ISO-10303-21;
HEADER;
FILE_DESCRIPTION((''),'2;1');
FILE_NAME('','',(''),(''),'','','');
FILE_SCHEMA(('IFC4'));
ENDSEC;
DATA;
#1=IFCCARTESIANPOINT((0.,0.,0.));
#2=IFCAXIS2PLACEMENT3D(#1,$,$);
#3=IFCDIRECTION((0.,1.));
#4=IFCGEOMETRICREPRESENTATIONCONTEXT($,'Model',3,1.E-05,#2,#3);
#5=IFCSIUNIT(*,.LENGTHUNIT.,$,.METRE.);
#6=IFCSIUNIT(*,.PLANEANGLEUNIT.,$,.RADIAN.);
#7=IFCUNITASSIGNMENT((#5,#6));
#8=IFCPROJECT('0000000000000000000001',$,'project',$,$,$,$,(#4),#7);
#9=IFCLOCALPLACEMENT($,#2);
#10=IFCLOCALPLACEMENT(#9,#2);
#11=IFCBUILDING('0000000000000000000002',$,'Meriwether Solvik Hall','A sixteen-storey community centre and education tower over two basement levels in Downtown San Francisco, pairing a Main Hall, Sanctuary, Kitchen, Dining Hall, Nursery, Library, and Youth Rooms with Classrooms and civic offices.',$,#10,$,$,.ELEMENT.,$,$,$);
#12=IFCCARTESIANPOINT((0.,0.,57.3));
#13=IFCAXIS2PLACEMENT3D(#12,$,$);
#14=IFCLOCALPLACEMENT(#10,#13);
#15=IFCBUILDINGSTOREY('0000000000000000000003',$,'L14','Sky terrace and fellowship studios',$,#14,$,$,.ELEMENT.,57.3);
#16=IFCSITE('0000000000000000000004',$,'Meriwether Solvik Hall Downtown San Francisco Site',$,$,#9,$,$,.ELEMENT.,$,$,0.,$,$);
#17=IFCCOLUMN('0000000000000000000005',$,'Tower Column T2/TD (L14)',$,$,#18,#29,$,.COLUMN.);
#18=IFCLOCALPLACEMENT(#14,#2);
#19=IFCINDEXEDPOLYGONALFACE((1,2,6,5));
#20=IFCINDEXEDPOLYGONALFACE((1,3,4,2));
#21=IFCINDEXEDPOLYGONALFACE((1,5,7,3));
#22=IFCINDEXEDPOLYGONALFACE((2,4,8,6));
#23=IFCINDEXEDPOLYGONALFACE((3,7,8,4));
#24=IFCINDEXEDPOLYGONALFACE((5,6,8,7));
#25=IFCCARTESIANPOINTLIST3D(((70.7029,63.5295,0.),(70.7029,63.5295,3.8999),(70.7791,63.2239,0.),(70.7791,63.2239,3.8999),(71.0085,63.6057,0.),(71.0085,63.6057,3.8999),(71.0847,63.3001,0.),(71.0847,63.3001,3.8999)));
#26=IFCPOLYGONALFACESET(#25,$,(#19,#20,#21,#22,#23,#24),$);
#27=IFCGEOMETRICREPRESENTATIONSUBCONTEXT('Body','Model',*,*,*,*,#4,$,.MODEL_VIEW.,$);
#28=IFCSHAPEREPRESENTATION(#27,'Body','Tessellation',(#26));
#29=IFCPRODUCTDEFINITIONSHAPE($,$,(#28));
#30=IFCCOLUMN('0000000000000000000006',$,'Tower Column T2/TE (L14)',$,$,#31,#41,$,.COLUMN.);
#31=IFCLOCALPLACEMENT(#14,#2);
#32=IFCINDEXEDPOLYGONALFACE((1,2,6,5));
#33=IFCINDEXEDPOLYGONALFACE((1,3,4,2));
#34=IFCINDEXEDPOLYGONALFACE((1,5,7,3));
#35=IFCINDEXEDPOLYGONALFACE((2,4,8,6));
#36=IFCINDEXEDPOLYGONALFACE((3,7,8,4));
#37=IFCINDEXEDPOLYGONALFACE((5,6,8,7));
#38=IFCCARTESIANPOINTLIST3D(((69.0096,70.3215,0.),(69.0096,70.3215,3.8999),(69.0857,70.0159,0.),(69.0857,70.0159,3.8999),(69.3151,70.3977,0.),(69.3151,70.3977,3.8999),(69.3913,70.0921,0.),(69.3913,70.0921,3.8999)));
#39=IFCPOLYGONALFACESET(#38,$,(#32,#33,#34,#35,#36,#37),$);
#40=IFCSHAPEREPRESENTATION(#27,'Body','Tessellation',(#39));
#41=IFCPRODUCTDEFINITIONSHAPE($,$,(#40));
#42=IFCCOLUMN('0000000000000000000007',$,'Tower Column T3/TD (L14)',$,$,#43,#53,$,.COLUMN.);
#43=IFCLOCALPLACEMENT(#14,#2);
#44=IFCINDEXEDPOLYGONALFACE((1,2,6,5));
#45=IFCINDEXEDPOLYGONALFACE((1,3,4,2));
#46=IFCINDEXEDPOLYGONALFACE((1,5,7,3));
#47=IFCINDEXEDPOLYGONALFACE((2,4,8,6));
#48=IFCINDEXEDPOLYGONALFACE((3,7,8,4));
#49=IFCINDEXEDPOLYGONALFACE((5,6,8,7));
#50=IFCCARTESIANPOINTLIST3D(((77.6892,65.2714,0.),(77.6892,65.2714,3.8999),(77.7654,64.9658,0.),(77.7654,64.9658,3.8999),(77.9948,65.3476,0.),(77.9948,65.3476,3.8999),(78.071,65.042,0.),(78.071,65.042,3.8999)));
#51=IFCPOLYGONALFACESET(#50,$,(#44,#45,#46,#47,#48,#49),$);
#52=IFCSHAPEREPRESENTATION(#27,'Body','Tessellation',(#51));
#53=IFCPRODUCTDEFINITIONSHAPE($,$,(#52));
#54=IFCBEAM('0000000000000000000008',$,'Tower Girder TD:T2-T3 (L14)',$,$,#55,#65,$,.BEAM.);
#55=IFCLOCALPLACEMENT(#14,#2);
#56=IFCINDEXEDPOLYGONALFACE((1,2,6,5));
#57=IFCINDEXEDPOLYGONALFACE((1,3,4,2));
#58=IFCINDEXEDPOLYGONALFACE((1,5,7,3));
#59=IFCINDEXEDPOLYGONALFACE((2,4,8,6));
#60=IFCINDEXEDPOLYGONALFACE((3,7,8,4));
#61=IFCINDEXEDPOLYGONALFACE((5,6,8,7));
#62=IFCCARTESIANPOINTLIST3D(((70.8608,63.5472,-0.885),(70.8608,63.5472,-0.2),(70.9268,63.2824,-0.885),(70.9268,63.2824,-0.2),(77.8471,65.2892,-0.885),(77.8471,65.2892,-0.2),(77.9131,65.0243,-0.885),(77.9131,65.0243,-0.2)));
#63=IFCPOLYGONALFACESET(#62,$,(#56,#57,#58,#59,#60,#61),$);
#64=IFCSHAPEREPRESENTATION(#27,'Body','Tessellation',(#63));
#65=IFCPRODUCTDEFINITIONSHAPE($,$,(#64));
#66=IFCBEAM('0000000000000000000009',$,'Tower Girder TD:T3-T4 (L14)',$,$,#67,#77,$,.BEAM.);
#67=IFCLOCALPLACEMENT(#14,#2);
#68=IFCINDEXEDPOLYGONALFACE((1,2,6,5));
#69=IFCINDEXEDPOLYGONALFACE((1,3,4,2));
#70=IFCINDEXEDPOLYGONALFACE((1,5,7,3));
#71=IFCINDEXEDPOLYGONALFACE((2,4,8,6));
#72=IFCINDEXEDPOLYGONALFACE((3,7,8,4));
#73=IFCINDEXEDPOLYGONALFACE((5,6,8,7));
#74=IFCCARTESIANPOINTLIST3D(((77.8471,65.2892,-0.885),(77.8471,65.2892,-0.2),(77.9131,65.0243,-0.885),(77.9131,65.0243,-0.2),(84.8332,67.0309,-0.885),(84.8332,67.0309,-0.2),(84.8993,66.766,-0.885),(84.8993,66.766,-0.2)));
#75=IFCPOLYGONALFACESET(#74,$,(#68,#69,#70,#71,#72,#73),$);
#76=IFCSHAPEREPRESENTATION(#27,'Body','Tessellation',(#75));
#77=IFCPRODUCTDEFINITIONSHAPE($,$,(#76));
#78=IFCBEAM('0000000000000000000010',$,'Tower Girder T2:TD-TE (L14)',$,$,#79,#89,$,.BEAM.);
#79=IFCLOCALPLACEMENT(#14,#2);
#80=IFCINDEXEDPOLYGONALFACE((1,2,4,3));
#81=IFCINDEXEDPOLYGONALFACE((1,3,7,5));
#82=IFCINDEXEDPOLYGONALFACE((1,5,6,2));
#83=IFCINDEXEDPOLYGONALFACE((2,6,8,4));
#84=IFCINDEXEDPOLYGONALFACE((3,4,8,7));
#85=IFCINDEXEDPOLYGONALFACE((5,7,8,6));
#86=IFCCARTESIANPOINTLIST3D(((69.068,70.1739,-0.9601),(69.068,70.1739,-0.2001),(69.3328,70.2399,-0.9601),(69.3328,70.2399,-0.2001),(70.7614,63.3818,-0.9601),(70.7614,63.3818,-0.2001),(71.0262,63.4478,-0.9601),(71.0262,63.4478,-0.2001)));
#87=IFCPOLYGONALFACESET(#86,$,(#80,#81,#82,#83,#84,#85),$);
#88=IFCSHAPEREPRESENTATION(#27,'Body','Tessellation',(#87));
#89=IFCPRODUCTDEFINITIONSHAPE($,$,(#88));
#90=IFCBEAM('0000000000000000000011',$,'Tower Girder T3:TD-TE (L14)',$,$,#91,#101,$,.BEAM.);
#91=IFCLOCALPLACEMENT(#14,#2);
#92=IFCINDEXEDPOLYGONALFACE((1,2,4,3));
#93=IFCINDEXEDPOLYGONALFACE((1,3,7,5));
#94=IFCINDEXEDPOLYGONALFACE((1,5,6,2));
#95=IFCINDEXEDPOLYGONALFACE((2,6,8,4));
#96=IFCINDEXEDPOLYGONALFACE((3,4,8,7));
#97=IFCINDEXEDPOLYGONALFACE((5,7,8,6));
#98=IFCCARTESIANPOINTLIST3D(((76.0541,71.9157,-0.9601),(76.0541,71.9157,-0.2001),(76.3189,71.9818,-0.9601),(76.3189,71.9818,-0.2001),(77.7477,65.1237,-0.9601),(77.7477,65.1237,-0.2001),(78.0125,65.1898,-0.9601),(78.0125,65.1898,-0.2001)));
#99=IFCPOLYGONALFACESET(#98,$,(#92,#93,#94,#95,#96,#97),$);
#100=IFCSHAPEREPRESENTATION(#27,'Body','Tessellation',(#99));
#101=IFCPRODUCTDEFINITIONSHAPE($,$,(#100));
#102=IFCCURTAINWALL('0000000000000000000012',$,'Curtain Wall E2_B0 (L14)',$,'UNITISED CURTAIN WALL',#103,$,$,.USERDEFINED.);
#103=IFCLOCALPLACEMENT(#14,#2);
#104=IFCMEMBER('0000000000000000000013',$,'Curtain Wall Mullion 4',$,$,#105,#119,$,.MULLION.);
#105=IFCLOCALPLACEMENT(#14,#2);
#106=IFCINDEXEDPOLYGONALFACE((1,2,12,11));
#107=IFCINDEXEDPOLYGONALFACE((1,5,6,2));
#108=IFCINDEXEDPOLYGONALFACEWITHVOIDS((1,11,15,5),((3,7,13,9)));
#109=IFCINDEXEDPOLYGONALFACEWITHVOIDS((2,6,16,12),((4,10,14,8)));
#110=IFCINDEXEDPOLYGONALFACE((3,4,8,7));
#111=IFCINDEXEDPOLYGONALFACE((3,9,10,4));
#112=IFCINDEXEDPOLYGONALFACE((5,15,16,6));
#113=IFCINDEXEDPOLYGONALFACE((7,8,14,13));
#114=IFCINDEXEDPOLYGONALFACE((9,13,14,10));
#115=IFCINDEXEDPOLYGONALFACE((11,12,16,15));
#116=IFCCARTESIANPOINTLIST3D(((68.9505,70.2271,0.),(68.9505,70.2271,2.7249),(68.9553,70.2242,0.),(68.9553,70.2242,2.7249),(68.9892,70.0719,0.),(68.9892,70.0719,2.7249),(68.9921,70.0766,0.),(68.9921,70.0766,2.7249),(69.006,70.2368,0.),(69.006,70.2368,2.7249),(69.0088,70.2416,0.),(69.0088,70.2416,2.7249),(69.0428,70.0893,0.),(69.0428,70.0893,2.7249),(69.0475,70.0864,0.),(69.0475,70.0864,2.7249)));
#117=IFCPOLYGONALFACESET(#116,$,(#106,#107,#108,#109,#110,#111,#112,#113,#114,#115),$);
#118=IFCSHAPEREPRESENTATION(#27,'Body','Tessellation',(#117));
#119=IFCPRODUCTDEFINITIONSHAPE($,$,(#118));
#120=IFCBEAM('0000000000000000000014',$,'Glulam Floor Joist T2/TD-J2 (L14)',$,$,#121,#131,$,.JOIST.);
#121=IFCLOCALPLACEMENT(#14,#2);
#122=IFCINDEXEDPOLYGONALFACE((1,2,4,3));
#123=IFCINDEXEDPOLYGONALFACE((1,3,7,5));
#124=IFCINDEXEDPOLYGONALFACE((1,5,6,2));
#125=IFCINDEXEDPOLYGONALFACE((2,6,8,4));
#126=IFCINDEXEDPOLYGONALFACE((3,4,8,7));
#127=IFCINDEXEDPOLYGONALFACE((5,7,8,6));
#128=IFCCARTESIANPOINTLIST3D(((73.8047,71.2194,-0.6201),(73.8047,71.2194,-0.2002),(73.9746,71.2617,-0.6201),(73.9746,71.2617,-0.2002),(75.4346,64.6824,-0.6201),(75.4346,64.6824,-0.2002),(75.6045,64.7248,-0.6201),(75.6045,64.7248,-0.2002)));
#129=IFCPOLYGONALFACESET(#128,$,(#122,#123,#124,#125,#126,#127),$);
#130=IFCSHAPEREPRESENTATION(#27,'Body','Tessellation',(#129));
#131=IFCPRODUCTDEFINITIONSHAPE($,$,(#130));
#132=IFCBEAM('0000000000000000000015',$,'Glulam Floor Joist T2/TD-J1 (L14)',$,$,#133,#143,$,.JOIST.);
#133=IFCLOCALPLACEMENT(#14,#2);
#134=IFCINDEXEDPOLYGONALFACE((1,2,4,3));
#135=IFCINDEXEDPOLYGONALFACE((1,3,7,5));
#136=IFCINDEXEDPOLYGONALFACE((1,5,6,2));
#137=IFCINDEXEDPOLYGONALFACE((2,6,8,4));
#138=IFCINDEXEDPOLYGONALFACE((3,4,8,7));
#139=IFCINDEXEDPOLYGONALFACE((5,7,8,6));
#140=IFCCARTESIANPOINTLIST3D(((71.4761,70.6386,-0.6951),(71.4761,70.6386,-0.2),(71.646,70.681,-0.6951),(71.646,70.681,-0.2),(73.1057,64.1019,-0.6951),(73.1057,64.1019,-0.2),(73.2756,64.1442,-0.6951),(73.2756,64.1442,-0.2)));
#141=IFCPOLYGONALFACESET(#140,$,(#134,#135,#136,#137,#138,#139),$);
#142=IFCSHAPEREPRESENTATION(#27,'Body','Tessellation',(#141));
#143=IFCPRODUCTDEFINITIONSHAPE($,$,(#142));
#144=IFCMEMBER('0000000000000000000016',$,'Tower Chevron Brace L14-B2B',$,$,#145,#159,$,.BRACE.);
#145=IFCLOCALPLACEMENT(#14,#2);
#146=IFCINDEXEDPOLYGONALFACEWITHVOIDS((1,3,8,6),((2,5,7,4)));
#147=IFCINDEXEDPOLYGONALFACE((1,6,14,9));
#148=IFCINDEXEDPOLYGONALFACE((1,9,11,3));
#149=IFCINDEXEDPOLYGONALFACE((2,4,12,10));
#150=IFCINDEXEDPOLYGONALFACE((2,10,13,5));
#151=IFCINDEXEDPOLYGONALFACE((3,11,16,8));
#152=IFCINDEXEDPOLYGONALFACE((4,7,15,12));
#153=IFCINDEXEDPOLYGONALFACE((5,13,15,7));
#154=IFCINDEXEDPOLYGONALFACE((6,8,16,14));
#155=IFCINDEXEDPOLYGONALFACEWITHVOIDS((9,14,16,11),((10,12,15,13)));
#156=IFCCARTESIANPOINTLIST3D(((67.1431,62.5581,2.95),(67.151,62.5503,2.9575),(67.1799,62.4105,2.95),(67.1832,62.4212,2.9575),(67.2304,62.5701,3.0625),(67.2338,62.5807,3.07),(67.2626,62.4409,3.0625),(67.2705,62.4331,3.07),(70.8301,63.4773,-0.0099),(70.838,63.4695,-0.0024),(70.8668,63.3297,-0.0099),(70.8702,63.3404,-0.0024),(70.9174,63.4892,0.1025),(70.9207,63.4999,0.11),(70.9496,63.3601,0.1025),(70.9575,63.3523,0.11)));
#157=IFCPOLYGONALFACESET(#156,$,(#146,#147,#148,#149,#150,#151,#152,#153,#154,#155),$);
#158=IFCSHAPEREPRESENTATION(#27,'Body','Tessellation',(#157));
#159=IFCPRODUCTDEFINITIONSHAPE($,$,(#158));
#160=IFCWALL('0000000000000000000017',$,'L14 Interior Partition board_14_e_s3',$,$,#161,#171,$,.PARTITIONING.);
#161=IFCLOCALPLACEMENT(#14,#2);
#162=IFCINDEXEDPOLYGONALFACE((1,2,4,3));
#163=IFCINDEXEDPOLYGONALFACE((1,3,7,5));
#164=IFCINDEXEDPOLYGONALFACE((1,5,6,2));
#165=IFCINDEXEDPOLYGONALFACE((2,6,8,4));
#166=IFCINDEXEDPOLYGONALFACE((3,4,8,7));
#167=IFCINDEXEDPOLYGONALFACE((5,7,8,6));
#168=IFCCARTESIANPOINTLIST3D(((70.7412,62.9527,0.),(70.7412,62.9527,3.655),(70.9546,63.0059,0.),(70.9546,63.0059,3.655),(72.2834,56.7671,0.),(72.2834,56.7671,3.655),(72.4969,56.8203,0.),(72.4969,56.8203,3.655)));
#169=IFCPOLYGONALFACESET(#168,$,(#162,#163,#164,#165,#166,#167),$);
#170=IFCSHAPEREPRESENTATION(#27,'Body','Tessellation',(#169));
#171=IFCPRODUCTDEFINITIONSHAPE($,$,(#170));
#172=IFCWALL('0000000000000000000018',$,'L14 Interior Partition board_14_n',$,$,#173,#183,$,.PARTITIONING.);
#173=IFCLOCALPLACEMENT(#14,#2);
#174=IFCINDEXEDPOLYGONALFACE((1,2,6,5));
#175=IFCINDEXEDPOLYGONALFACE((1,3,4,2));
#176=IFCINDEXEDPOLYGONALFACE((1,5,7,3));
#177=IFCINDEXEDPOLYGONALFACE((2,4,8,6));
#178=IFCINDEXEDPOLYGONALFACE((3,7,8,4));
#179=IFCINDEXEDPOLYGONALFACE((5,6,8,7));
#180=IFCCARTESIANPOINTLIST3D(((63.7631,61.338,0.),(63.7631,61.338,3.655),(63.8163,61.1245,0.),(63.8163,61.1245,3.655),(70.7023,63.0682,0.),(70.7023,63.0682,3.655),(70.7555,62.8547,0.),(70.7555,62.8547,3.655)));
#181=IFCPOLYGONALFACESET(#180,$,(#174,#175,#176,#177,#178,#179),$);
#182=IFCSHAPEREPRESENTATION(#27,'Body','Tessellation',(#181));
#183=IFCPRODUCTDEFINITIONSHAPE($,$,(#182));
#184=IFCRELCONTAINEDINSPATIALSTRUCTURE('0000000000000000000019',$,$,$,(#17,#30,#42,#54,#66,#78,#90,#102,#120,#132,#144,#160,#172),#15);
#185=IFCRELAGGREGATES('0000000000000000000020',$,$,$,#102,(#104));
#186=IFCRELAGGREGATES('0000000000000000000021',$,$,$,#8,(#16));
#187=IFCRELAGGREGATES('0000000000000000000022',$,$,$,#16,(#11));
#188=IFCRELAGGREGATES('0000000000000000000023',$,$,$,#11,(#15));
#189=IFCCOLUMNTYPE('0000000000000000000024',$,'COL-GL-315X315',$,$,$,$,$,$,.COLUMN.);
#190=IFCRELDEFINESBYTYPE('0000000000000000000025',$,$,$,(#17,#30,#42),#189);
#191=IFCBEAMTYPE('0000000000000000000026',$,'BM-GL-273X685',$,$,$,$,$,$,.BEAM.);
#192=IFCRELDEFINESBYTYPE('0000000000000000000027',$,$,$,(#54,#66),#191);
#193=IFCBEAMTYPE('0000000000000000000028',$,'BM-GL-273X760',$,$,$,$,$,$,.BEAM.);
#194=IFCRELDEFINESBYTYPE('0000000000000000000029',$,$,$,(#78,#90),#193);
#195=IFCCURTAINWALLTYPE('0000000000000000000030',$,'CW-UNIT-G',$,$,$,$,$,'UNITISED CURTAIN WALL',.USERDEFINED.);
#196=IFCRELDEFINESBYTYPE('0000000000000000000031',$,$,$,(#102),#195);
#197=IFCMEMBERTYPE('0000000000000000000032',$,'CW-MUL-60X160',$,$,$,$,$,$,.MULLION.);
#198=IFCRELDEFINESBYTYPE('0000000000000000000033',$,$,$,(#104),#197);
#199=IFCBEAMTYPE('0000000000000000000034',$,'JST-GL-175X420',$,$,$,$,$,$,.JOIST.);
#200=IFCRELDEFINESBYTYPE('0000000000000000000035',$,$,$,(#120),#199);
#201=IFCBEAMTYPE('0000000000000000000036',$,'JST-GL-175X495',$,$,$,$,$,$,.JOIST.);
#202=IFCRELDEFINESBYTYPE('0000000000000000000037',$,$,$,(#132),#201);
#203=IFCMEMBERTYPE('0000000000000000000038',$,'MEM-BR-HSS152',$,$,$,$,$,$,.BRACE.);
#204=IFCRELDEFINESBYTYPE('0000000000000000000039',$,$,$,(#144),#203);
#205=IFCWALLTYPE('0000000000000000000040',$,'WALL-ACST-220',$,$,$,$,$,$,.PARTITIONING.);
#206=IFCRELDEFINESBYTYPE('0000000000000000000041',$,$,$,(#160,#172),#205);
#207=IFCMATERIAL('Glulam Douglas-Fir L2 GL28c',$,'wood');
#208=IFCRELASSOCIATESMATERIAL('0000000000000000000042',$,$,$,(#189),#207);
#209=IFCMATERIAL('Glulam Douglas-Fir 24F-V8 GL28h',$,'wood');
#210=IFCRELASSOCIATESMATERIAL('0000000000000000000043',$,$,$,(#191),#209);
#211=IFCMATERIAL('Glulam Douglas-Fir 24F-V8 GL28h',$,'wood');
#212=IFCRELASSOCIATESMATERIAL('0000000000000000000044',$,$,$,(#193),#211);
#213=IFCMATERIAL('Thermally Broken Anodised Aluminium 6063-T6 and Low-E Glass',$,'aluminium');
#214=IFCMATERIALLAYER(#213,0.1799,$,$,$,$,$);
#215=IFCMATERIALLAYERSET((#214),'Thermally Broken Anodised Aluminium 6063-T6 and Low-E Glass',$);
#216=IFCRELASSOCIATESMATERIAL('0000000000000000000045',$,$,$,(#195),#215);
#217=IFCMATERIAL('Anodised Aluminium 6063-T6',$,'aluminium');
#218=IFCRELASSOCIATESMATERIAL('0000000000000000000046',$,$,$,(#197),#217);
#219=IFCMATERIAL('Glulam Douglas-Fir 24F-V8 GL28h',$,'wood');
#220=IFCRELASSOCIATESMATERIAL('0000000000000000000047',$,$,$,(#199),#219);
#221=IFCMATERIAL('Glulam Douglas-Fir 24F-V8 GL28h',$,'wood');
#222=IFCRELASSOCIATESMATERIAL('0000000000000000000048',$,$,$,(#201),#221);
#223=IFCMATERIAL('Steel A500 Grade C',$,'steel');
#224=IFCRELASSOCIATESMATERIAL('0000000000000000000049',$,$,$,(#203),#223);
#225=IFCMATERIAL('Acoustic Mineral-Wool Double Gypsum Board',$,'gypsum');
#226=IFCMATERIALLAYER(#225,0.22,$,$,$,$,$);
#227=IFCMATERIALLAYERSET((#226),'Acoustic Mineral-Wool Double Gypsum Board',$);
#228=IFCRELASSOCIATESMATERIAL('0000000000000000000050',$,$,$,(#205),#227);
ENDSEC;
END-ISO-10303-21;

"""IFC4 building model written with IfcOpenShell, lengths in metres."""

from ifc_helpers import new_model, si_unit, direction, frame, frame_2d, origin, origin_2d, place, context, subcontext, project, spatial, rectangle, hollow_rectangle, extrude, material, layer, layer_set, material_profile, profile_set, type_object, element, aggregate, save


model = new_model("IFC4")

# Units and contexts
model_context = context("Model", 3, precision=1e-05, world=origin(), true_north=direction((0.0, 1.0)))
body_context = subcontext(model_context, "Body", "Model", "MODEL_VIEW")
ifc_project = project(units=[si_unit("LENGTHUNIT", "METRE"), si_unit("PLANEANGLEUNIT", "RADIAN")], contexts=[model_context])

# Site, building, storey
site_placement = place(None, origin())
site = spatial("IfcSite", under=ifc_project, at=site_placement, Name="Meriwether Solvik Hall Downtown San Francisco Site", CompositionType="ELEMENT", RefElevation=0.0)
building_placement = place(site_placement, origin())
building = spatial("IfcBuilding", under=site, at=building_placement, Name="Meriwether Solvik Hall", Description="A sixteen-storey community centre and education tower over two basement levels in Downtown San Francisco, pairing a Main Hall, Sanctuary, Kitchen, Dining Hall, Nursery, Library, and Youth Rooms with Classrooms and civic offices.", CompositionType="ELEMENT")
storey_placement = place(building_placement, frame((0.0, 0.0, 57.3)))
storey = spatial("IfcBuildingStorey", under=building, at=storey_placement, Name="L14", Description="Sky terrace and fellowship studios", CompositionType="ELEMENT", Elevation=57.3)

# Columns
ifc_material_1 = material(Name="Glulam Douglas-Fir L2 GL28c", Category="wood")
ifc_material_profile_1 = material_profile(ifc_material_1, rectangle(XDim=0.3149, YDim=0.3149, at=origin_2d()), Name="GLC-315X315")
ifc_profile_set_1 = profile_set([ifc_material_profile_1], Name="Glulam Douglas-Fir L2 GL28c")
column_type = type_object("IfcColumnType", Name="COL-GL-315X315", PredefinedType="COLUMN", material=ifc_profile_set_1)
for number, where, z_axis, x_axis, name in (
    (1, (70.8938, 63.4148, 0.0), (0.0, 0.0, 1.0), (0.970296, 0.241922, 0.0), "Tower Column T2/TD (L14)"),
    (2, (69.2004, 70.2068, 0.0), (0.0, 0.0, 1.0), (0.970296, 0.241922, 0.0), "Tower Column T2/TE (L14)"),
    (3, (77.8801, 65.1567, 0.0), (0.0, 0.0, 1.0), (0.970296, 0.241922, 0.0), "Tower Column T3/TD (L14)"),
):
    element("IfcColumn", number, at=place(storey_placement, frame(where, z_axis=z_axis, x_axis=x_axis)), inside=storey, type_object=column_type, Name=name, PredefinedType="COLUMN", context=body_context, shape_type="SweptSolid", body=[
        extrude(rectangle(XDim=0.3149, YDim=0.3149, at=origin_2d()), origin(), (0.0, 0.0, 1.0), 3.8999),
    ])

# Beams
ifc_material_2 = material(Name="Glulam Douglas-Fir 24F-V8 GL28h", Category="wood")
ifc_material_profile_2 = material_profile(ifc_material_2, rectangle(XDim=0.2729, YDim=0.6851, at=origin_2d()), Name="GLB-273X685")
ifc_profile_set_2 = profile_set([ifc_material_profile_2], Name="Glulam Douglas-Fir 24F-V8 GL28h")
beam_type_1 = type_object("IfcBeamType", Name="BM-GL-273X685", PredefinedType="BEAM", material=ifc_profile_set_2)
beam_1_placement = place(storey_placement, frame((70.8938, 63.4148, -0.5425), z_axis=(0.970294, 0.241929, 0.0), x_axis=(-0.241929, 0.970294, 0.0)))
element("IfcBeam", 4, at=beam_1_placement, inside=storey, type_object=beam_type_1, Name="Tower Girder TD:T2-T3 (L14)", PredefinedType="BEAM", context=body_context, shape_type="SweptSolid", body=[
    extrude(rectangle(XDim=0.2729, YDim=0.6851, at=origin_2d()), origin(), (0.0, 0.0, 1.0), 7.2002),
])
beam_2_placement = place(storey_placement, frame((77.8801, 65.1567, -0.5425), z_axis=(0.9703, 0.241905, 0.0), x_axis=(-0.241905, 0.9703, 0.0)))
element("IfcBeam", 5, at=beam_2_placement, inside=storey, type_object=beam_type_1, Name="Tower Girder TD:T3-T4 (L14)", PredefinedType="BEAM", context=body_context, shape_type="SweptSolid", body=[
    extrude(rectangle(XDim=0.2729, YDim=0.6851, at=origin_2d()), origin(), (0.0, 0.0, 1.0), 7.2),
])
ifc_material_3 = material(Name="Glulam Douglas-Fir 24F-V8 GL28h", Category="wood")
ifc_material_profile_3 = material_profile(ifc_material_3, rectangle(XDim=0.2729, YDim=0.76, at=origin_2d()), Name="GLB-273X760")
ifc_profile_set_3 = profile_set([ifc_material_profile_3], Name="Glulam Douglas-Fir 24F-V8 GL28h")
beam_type_2 = type_object("IfcBeamType", Name="BM-GL-273X760", PredefinedType="BEAM", material=ifc_profile_set_3)
for number, where, z_axis, x_axis, name in (
    (6, (70.8938, 63.4148, -0.5801), (-0.241912, 0.970298, 0.0), (-0.970298, -0.241912, 0.0), "Tower Girder T2:TD-TE (L14)"),
    (7, (77.8801, 65.1567, -0.5801), (-0.241945, 0.97029, 0.0), (-0.97029, -0.241945, 0.0), "Tower Girder T3:TD-TE (L14)"),
):
    element("IfcBeam", number, at=place(storey_placement, frame(where, z_axis=z_axis, x_axis=x_axis)), inside=storey, type_object=beam_type_2, Name=name, PredefinedType="BEAM", context=body_context, shape_type="SweptSolid", body=[
        extrude(rectangle(XDim=0.2729, YDim=0.76, at=origin_2d()), origin(), (0.0, 0.0, 1.0), 7.0),
    ])

# Curtain wall, member
ifc_material_4 = material(Name="Thermally Broken Anodised Aluminium 6063-T6 and Low-E Glass", Category="aluminium")
ifc_layer_1 = layer(ifc_material_4, 0.1799)
ifc_layer_set_1 = layer_set([ifc_layer_1], Name="Thermally Broken Anodised Aluminium 6063-T6 and Low-E Glass")
curtain_wall_type = type_object("IfcCurtainWallType", Name="CW-UNIT-G", ElementType="UNITISED CURTAIN WALL", PredefinedType="USERDEFINED", material=ifc_layer_set_1)
curtain_wall_placement = place(storey_placement, origin())
curtain_wall = element("IfcCurtainWall", 8, at=curtain_wall_placement, inside=storey, type_object=curtain_wall_type, Name="Curtain Wall E2_B0 (L14)", ObjectType="UNITISED CURTAIN WALL", PredefinedType="USERDEFINED")
ifc_material_5 = material(Name="Anodised Aluminium 6063-T6", Category="aluminium")
ifc_material_profile_4 = material_profile(ifc_material_5, hollow_rectangle(XDim=0.0601, YDim=0.1599, WallThickness=0.0039, at=origin_2d()), Name="CWM-60X160")
ifc_profile_set_4 = profile_set([ifc_material_profile_4], Name="Anodised Aluminium 6063-T6")
member_type_1 = type_object("IfcMemberType", Name="CW-MUL-60X160", PredefinedType="MULLION", material=ifc_profile_set_4)
member_1_placement = place(storey_placement, frame((68.999, 70.1567, 0.0), z_axis=(0.0, 0.0, 1.0), x_axis=(0.970296, 0.241922, 0.0)))
member_1 = element("IfcMember", 9, at=member_1_placement, type_object=member_type_1, Name="Curtain Wall Mullion 4", PredefinedType="MULLION", context=body_context, shape_type="SweptSolid", body=[
    extrude(hollow_rectangle(XDim=0.0601, YDim=0.1599, WallThickness=0.0039, at=origin_2d()), origin(), (0.0, 0.0, 1.0), 2.7249),
])
aggregate(curtain_wall, [member_1])

# Beams
ifc_material_6 = material(Name="Glulam Douglas-Fir 24F-V8 GL28h", Category="wood")
ifc_material_profile_5 = material_profile(ifc_material_6, rectangle(XDim=0.175, YDim=0.4199, at=origin_2d()), Name="GLJ-175X420")
ifc_profile_set_5 = profile_set([ifc_material_profile_5], Name="Glulam Douglas-Fir 24F-V8 GL28h")
beam_type_3 = type_object("IfcBeamType", Name="JST-GL-175X420", PredefinedType="JOIST", material=ifc_profile_set_5)
beam_3_placement = place(storey_placement, frame((75.5195, 64.7036, -0.4102), z_axis=(-0.24193, 0.970294, 0.0), x_axis=(-0.970294, -0.24193, 0.0)))
element("IfcBeam", 10, at=beam_3_placement, inside=storey, type_object=beam_type_3, Name="Glulam Floor Joist T2/TD-J2 (L14)", PredefinedType="JOIST", context=body_context, shape_type="SweptSolid", body=[
    extrude(rectangle(XDim=0.175, YDim=0.4199, at=origin_2d()), origin(), (0.0, 0.0, 1.0), 6.7371),
])
ifc_material_7 = material(Name="Glulam Douglas-Fir 24F-V8 GL28h", Category="wood")
ifc_material_profile_6 = material_profile(ifc_material_7, rectangle(XDim=0.175, YDim=0.4951, at=origin_2d()), Name="GLJ-175X495")
ifc_profile_set_6 = profile_set([ifc_material_profile_6], Name="Glulam Douglas-Fir 24F-V8 GL28h")
beam_type_4 = type_object("IfcBeamType", Name="JST-GL-175X495", PredefinedType="JOIST", material=ifc_profile_set_6)
beam_4_placement = place(storey_placement, frame((73.1907, 64.123, -0.4475), z_axis=(-0.241896, 0.970302, 0.0), x_axis=(-0.970302, -0.241896, 0.0)))
element("IfcBeam", 11, at=beam_4_placement, inside=storey, type_object=beam_type_4, Name="Glulam Floor Joist T2/TD-J1 (L14)", PredefinedType="JOIST", context=body_context, shape_type="SweptSolid", body=[
    extrude(rectangle(XDim=0.175, YDim=0.4951, at=origin_2d()), origin(), (0.0, 0.0, 1.0), 6.7368),
])

# Member
ifc_material_8 = material(Name="Steel A500 Grade C", Category="steel")
ifc_material_profile_7 = material_profile(ifc_material_8, hollow_rectangle(XDim=0.1521, YDim=0.1521, WallThickness=0.0095, at=origin_2d()), Name="HSS152X152X9.5")
ifc_profile_set_7 = profile_set([ifc_material_profile_7], Name="Steel A500 Grade C")
member_type_2 = type_object("IfcMemberType", Name="MEM-BR-HSS152", PredefinedType="BRACE", material=ifc_profile_set_7)
member_2_placement = place(storey_placement, frame((70.8938, 63.4148, 0.05), z_axis=(-0.765469, -0.190835, 0.614524), x_axis=(0.241901, -0.970301, 0.0)))
element("IfcMember", 12, at=member_2_placement, inside=storey, type_object=member_type_2, Name="Tower Chevron Brace L14-B2B", PredefinedType="BRACE", context=body_context, shape_type="SweptSolid", body=[
    extrude(hollow_rectangle(XDim=0.1521, YDim=0.1521, WallThickness=0.0095, at=origin_2d()), origin(), (0.0, 0.0, 1.0), 4.8167),
])

# Walls
ifc_material_9 = material(Name="Acoustic Mineral-Wool Double Gypsum Board", Category="gypsum")
ifc_layer_2 = layer(ifc_material_9, 0.22)
ifc_layer_set_2 = layer_set([ifc_layer_2], Name="Acoustic Mineral-Wool Double Gypsum Board")
wall_type_1 = type_object("IfcWallType", Name="WALL-ACST-220", PredefinedType="PARTITIONING", material=ifc_layer_set_2)
wall_1_placement = place(storey_placement, frame((72.3901, 56.7937, 0.0), z_axis=(0.0, 0.0, 1.0), x_axis=(-0.241923, 0.970295, 0.0)))
element("IfcWall", 13, at=wall_1_placement, inside=storey, type_object=wall_type_1, Name="L14 Interior Partition board_14_e_s3", PredefinedType="PARTITIONING", context=body_context, shape_type="SweptSolid", body=[
    extrude(rectangle(XDim=6.375, YDim=0.22, at=frame_2d((3.1875, 0.0))), origin(), (0.0, 0.0, 1.0), 3.655),
])
wall_2_placement = place(storey_placement, frame((70.7288, 62.9614, 0.0), z_axis=(0.0, 0.0, 1.0), x_axis=(-0.970293, -0.241933, 0.0)))
element("IfcWall", 14, at=wall_2_placement, inside=storey, type_object=wall_type_1, Name="L14 Interior Partition board_14_n", PredefinedType="PARTITIONING", context=body_context, shape_type="SweptSolid", body=[
    extrude(rectangle(XDim=7.1516, YDim=0.22, at=frame_2d((3.5757, 0.0))), origin(), (0.0, 0.0, 1.0), 3.655),
])

save(model, "model.ifc")
